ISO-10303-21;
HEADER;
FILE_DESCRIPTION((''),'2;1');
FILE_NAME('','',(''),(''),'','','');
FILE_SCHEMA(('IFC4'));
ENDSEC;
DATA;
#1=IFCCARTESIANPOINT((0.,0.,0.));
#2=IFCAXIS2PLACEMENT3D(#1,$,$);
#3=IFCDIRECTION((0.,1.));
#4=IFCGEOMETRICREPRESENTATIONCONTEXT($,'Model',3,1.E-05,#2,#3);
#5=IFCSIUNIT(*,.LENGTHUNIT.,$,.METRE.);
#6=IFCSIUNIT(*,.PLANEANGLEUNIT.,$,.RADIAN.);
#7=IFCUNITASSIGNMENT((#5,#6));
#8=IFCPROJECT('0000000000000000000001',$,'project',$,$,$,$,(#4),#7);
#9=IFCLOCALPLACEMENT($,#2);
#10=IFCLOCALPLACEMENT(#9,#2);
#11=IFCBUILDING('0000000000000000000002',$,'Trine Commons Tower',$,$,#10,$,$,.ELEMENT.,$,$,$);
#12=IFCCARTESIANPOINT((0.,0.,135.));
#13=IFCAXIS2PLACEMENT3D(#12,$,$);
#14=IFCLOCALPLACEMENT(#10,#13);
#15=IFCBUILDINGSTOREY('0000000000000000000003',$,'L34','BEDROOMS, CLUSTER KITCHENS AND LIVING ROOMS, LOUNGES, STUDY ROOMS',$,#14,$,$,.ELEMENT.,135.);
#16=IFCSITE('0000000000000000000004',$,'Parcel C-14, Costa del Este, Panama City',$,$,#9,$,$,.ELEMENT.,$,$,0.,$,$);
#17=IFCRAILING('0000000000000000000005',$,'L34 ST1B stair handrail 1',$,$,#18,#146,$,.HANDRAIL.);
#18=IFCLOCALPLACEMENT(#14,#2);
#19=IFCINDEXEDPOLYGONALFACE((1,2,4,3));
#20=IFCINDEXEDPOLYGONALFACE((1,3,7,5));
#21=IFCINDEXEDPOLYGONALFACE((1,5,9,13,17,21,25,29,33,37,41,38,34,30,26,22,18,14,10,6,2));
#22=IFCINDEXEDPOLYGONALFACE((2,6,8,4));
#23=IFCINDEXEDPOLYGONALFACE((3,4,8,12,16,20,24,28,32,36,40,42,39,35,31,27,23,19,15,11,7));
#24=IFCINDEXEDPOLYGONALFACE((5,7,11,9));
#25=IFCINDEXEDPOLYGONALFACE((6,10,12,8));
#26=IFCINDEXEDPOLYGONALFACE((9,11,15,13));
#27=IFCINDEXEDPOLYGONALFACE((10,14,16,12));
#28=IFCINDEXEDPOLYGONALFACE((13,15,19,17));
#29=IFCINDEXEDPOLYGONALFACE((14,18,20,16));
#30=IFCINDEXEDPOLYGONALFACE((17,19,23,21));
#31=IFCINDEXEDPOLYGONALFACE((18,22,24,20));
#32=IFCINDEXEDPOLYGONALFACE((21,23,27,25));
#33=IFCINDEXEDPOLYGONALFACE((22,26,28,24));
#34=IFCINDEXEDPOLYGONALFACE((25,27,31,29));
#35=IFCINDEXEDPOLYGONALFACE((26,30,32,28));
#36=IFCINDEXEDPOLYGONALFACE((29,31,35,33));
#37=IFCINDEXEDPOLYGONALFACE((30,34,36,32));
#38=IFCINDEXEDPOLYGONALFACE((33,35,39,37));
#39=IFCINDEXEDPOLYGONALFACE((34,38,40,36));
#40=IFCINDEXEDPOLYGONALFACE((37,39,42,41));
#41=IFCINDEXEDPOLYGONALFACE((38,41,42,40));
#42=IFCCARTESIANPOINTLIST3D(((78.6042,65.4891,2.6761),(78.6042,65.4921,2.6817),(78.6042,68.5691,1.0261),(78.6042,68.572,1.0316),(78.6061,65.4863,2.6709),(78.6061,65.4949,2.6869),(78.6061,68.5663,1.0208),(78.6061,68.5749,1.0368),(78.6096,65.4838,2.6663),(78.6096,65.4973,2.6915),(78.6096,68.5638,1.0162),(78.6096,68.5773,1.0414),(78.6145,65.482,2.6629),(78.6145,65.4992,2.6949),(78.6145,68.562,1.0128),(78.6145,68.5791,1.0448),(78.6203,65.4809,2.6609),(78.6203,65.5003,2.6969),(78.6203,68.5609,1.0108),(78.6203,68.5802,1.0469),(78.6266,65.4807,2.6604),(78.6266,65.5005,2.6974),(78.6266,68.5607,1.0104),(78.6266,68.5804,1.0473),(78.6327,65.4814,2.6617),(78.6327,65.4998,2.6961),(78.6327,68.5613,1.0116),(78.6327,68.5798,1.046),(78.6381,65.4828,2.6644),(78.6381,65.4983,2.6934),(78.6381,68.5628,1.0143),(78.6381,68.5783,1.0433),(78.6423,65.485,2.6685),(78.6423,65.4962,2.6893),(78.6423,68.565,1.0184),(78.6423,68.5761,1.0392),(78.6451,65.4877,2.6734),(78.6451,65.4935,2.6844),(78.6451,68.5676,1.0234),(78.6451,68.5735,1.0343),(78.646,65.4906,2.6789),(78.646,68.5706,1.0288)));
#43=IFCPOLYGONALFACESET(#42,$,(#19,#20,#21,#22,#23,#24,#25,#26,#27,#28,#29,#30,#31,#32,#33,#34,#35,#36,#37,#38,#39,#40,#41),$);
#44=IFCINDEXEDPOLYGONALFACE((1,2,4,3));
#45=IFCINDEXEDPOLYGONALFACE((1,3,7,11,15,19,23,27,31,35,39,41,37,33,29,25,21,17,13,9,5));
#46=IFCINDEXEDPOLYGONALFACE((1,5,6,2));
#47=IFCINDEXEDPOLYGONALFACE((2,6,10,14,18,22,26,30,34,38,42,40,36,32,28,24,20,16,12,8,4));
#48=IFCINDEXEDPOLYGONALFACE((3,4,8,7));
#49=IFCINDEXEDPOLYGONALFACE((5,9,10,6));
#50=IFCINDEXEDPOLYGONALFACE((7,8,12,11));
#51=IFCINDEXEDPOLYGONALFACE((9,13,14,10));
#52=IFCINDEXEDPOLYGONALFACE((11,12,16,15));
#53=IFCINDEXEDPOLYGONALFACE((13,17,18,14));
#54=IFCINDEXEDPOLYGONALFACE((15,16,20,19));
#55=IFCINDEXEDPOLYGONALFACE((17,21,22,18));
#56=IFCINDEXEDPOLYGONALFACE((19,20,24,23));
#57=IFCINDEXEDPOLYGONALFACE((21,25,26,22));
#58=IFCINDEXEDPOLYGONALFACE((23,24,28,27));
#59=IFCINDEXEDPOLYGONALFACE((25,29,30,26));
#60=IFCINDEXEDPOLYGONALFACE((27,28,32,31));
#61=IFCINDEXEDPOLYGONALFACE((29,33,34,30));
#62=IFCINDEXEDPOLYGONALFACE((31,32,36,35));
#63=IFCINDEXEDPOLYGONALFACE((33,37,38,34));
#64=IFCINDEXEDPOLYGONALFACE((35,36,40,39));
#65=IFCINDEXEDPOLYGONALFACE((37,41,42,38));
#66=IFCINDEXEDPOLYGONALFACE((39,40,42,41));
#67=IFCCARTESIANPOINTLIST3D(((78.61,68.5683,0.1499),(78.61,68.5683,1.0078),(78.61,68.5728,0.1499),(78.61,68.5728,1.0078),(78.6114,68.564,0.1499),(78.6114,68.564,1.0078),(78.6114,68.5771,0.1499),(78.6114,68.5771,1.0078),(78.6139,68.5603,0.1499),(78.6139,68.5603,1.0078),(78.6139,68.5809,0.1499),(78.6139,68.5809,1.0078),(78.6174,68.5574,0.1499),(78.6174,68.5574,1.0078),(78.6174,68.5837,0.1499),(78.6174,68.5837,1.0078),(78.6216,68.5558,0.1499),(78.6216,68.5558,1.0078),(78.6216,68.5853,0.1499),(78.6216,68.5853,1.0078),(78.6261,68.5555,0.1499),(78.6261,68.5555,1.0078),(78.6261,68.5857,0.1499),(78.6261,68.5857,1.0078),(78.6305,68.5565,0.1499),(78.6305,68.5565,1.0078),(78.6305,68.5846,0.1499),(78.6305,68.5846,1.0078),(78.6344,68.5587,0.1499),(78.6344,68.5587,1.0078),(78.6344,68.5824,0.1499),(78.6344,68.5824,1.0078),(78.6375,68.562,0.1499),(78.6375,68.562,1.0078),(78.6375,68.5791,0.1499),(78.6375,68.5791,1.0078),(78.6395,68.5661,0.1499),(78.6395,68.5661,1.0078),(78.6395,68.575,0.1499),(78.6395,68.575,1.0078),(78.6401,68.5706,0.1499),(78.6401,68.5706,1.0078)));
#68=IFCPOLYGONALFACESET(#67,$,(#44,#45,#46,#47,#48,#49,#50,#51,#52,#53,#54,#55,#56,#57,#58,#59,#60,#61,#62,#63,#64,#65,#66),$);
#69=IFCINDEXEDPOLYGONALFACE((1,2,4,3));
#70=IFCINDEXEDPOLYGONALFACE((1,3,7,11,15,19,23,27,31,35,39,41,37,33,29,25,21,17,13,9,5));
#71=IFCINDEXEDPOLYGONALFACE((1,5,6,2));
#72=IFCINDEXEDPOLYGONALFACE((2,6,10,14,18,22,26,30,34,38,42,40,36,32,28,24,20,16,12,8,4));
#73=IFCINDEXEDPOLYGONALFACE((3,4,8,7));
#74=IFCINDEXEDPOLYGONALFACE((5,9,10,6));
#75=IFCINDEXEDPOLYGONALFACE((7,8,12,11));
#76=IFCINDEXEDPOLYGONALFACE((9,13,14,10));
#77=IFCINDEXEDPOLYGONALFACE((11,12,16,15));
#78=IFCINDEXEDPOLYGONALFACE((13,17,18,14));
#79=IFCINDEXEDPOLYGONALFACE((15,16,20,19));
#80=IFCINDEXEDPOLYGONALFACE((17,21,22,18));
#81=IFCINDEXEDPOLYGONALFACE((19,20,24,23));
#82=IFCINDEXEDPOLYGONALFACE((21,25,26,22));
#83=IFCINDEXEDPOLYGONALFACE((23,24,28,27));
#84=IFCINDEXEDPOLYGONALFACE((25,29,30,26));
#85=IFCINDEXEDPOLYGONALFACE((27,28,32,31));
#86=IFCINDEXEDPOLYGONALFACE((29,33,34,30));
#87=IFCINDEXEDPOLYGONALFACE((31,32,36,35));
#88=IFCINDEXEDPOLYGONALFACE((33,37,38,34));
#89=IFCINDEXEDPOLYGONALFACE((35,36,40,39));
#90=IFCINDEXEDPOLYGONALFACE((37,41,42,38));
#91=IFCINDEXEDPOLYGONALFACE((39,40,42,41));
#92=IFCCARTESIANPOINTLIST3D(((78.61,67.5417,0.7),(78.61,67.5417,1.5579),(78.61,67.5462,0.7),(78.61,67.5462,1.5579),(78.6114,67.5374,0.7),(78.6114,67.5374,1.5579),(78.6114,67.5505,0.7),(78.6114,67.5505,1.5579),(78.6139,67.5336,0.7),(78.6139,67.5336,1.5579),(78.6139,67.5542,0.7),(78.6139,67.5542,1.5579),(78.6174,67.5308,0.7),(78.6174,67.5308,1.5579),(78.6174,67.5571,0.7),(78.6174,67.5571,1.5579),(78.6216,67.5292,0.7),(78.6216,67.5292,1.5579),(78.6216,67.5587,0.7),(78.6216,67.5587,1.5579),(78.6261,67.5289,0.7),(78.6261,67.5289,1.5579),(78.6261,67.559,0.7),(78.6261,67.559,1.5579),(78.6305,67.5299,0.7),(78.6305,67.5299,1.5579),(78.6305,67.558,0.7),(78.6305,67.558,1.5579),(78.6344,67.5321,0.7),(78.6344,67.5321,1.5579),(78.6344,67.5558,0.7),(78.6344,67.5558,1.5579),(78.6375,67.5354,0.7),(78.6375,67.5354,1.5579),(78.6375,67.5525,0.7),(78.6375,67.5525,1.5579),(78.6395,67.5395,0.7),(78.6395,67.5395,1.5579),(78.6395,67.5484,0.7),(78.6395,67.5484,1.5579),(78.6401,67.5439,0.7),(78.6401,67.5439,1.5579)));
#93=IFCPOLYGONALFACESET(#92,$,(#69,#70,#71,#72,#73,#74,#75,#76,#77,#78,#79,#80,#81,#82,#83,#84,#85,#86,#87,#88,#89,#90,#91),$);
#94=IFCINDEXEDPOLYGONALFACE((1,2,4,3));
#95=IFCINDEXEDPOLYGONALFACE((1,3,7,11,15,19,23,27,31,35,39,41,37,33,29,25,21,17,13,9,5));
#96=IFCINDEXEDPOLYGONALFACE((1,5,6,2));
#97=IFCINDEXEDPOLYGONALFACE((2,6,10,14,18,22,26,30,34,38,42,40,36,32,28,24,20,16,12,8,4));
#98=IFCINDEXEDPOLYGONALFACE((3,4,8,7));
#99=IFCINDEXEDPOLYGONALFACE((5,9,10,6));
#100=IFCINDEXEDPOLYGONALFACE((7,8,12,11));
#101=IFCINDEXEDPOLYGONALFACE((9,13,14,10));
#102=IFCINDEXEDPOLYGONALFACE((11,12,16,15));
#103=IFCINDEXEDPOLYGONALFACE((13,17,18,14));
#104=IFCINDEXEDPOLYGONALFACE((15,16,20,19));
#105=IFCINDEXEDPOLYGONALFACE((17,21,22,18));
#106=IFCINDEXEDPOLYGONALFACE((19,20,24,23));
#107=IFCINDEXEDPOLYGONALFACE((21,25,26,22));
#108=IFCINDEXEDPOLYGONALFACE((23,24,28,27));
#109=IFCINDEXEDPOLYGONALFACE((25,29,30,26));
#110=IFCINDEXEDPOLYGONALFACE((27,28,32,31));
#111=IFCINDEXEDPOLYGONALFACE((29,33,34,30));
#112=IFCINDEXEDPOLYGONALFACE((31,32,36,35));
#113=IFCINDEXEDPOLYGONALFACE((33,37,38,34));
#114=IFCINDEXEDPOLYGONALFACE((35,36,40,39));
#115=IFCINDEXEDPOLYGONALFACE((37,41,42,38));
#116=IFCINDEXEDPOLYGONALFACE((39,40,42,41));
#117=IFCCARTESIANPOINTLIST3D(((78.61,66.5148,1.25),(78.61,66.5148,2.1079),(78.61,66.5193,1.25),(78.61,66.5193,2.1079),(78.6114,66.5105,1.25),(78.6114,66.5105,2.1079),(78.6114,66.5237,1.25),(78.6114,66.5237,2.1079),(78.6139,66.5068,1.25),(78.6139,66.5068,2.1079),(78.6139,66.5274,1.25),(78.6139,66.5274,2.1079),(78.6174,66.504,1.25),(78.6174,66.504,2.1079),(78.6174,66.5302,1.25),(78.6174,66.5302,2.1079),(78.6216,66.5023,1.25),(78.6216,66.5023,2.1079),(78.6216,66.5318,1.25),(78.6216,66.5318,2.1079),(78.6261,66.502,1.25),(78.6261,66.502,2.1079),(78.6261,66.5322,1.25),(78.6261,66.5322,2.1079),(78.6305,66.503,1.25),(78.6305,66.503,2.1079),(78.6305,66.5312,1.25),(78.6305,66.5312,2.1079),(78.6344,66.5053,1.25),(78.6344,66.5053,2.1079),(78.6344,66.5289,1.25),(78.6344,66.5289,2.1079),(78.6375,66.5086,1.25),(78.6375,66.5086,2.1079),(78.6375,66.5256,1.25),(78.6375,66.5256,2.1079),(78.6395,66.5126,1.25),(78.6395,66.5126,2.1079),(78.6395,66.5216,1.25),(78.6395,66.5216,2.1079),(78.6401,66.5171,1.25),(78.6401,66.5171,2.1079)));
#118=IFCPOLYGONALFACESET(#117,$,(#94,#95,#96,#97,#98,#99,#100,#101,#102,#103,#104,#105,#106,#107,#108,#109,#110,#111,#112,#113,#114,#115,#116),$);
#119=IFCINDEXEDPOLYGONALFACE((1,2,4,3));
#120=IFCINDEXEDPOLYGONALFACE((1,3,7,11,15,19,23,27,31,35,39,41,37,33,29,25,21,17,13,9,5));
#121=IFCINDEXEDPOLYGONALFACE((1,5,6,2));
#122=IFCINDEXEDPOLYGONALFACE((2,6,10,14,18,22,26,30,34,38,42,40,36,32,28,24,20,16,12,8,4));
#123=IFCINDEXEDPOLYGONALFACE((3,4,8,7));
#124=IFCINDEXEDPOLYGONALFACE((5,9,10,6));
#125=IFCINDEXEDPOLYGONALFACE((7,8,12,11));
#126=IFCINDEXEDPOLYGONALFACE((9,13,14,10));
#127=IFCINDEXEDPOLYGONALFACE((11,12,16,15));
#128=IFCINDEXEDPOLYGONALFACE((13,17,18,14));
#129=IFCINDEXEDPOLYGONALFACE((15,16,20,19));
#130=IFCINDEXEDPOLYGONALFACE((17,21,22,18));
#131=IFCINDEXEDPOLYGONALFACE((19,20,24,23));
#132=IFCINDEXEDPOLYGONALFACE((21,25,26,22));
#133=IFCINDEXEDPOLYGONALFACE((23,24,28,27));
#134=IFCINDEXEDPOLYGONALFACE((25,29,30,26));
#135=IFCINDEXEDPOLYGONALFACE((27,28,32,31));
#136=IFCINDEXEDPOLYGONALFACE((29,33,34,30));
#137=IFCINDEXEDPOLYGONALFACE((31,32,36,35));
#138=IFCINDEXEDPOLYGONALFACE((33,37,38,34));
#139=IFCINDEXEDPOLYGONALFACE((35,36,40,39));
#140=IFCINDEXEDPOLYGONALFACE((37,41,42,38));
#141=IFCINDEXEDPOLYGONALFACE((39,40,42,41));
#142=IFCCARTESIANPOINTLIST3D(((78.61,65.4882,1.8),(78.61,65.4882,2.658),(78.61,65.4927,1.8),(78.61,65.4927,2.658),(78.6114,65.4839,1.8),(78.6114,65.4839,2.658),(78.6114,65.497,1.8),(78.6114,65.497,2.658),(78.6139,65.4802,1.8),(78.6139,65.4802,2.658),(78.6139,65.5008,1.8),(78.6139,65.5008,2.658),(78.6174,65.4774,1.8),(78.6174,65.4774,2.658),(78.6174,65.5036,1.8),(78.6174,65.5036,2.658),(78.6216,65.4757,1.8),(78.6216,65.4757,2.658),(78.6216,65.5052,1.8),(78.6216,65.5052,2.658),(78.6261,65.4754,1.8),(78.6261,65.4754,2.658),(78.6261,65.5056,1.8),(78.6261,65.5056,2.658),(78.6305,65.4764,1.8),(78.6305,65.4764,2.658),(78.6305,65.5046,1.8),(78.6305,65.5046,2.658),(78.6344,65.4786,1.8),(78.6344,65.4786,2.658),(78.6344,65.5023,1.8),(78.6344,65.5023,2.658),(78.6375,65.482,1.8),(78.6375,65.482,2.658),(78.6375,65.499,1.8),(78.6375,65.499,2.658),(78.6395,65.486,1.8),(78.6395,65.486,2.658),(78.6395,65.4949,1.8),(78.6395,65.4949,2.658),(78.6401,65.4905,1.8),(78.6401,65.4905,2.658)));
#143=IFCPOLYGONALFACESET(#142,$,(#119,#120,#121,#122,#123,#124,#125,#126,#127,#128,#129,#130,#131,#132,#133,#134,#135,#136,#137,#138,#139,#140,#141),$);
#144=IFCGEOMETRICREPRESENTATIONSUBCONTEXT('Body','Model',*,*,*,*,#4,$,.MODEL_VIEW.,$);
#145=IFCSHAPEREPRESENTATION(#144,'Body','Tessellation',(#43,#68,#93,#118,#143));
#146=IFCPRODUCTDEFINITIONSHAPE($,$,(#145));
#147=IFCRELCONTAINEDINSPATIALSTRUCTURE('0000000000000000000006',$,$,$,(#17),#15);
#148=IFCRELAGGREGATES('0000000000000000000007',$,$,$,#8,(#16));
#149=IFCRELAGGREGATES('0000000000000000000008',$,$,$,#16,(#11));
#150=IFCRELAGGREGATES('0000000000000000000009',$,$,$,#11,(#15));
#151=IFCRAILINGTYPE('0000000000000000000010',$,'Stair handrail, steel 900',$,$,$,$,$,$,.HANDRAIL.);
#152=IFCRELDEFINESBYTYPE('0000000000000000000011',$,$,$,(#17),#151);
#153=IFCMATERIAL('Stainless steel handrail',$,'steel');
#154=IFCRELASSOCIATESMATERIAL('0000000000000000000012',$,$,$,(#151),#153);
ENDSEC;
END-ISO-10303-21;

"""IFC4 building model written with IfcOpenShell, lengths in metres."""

from ifc_helpers import new_model, si_unit, direction, frame, origin, origin_2d, place, context, subcontext, project, spatial, circle, extrude, material, type_object, element, save


model = new_model("IFC4")

# Units and contexts
model_context = context("Model", 3, precision=1e-05, world=origin(), true_north=direction((0.0, 1.0)))
body_context = subcontext(model_context, "Body", "Model", "MODEL_VIEW")
ifc_project = project(units=[si_unit("LENGTHUNIT", "METRE"), si_unit("PLANEANGLEUNIT", "RADIAN")], contexts=[model_context])

# Site, building, storey
site_placement = place(None, origin())
site = spatial("IfcSite", under=ifc_project, at=site_placement, Name="Parcel C-14, Costa del Este, Panama City", CompositionType="ELEMENT", RefElevation=0.0)
building_placement = place(site_placement, origin())
building = spatial("IfcBuilding", under=site, at=building_placement, Name="Trine Commons Tower", CompositionType="ELEMENT")
storey_placement = place(building_placement, frame((0.0, 0.0, 135.0)))
storey = spatial("IfcBuildingStorey", under=building, at=storey_placement, Name="L34", Description="BEDROOMS, CLUSTER KITCHENS AND LIVING ROOMS, LOUNGES, STUDY ROOMS", CompositionType="ELEMENT", Elevation=135.0)

# Railing
ifc_material_1 = material(Name="Stainless steel handrail", Category="steel")
railing_type = type_object("IfcRailingType", Name="Stair handrail, steel 900", PredefinedType="HANDRAIL", material=ifc_material_1)
railing_placement = place(storey_placement, frame((78.625, 68.5706, 0.1499)))
element("IfcRailing", 1, at=railing_placement, inside=storey, type_object=railing_type, Name="L34 ST1B stair handrail 1", PredefinedType="HANDRAIL", context=body_context, shape_type="SweptSolid", body=[
    extrude(circle(Radius=0.021, at=origin_2d()), frame((0.0, 0.0, 0.8789), z_axis=(0.0, -0.881468, 0.472245), x_axis=(1.0, 0.0, 0.0)), (0.0, 0.0, 1.0), 3.4941),
    extrude(circle(Radius=0.0151, at=origin_2d()), origin(), (0.0, 0.0, 1.0), 0.8579),
    extrude(circle(Radius=0.0151, at=origin_2d()), frame((0.0, -1.0266, 0.55)), (0.0, 0.0, 1.0), 0.8579),
    extrude(circle(Radius=0.0151, at=origin_2d()), frame((0.0, -2.0535, 1.1001)), (0.0, 0.0, 1.0), 0.8579),
    extrude(circle(Radius=0.0151, at=origin_2d()), frame((0.0, -3.0801, 1.6501)), (0.0, 0.0, 1.0), 0.8579),
])

save(model, "model.ifc")
